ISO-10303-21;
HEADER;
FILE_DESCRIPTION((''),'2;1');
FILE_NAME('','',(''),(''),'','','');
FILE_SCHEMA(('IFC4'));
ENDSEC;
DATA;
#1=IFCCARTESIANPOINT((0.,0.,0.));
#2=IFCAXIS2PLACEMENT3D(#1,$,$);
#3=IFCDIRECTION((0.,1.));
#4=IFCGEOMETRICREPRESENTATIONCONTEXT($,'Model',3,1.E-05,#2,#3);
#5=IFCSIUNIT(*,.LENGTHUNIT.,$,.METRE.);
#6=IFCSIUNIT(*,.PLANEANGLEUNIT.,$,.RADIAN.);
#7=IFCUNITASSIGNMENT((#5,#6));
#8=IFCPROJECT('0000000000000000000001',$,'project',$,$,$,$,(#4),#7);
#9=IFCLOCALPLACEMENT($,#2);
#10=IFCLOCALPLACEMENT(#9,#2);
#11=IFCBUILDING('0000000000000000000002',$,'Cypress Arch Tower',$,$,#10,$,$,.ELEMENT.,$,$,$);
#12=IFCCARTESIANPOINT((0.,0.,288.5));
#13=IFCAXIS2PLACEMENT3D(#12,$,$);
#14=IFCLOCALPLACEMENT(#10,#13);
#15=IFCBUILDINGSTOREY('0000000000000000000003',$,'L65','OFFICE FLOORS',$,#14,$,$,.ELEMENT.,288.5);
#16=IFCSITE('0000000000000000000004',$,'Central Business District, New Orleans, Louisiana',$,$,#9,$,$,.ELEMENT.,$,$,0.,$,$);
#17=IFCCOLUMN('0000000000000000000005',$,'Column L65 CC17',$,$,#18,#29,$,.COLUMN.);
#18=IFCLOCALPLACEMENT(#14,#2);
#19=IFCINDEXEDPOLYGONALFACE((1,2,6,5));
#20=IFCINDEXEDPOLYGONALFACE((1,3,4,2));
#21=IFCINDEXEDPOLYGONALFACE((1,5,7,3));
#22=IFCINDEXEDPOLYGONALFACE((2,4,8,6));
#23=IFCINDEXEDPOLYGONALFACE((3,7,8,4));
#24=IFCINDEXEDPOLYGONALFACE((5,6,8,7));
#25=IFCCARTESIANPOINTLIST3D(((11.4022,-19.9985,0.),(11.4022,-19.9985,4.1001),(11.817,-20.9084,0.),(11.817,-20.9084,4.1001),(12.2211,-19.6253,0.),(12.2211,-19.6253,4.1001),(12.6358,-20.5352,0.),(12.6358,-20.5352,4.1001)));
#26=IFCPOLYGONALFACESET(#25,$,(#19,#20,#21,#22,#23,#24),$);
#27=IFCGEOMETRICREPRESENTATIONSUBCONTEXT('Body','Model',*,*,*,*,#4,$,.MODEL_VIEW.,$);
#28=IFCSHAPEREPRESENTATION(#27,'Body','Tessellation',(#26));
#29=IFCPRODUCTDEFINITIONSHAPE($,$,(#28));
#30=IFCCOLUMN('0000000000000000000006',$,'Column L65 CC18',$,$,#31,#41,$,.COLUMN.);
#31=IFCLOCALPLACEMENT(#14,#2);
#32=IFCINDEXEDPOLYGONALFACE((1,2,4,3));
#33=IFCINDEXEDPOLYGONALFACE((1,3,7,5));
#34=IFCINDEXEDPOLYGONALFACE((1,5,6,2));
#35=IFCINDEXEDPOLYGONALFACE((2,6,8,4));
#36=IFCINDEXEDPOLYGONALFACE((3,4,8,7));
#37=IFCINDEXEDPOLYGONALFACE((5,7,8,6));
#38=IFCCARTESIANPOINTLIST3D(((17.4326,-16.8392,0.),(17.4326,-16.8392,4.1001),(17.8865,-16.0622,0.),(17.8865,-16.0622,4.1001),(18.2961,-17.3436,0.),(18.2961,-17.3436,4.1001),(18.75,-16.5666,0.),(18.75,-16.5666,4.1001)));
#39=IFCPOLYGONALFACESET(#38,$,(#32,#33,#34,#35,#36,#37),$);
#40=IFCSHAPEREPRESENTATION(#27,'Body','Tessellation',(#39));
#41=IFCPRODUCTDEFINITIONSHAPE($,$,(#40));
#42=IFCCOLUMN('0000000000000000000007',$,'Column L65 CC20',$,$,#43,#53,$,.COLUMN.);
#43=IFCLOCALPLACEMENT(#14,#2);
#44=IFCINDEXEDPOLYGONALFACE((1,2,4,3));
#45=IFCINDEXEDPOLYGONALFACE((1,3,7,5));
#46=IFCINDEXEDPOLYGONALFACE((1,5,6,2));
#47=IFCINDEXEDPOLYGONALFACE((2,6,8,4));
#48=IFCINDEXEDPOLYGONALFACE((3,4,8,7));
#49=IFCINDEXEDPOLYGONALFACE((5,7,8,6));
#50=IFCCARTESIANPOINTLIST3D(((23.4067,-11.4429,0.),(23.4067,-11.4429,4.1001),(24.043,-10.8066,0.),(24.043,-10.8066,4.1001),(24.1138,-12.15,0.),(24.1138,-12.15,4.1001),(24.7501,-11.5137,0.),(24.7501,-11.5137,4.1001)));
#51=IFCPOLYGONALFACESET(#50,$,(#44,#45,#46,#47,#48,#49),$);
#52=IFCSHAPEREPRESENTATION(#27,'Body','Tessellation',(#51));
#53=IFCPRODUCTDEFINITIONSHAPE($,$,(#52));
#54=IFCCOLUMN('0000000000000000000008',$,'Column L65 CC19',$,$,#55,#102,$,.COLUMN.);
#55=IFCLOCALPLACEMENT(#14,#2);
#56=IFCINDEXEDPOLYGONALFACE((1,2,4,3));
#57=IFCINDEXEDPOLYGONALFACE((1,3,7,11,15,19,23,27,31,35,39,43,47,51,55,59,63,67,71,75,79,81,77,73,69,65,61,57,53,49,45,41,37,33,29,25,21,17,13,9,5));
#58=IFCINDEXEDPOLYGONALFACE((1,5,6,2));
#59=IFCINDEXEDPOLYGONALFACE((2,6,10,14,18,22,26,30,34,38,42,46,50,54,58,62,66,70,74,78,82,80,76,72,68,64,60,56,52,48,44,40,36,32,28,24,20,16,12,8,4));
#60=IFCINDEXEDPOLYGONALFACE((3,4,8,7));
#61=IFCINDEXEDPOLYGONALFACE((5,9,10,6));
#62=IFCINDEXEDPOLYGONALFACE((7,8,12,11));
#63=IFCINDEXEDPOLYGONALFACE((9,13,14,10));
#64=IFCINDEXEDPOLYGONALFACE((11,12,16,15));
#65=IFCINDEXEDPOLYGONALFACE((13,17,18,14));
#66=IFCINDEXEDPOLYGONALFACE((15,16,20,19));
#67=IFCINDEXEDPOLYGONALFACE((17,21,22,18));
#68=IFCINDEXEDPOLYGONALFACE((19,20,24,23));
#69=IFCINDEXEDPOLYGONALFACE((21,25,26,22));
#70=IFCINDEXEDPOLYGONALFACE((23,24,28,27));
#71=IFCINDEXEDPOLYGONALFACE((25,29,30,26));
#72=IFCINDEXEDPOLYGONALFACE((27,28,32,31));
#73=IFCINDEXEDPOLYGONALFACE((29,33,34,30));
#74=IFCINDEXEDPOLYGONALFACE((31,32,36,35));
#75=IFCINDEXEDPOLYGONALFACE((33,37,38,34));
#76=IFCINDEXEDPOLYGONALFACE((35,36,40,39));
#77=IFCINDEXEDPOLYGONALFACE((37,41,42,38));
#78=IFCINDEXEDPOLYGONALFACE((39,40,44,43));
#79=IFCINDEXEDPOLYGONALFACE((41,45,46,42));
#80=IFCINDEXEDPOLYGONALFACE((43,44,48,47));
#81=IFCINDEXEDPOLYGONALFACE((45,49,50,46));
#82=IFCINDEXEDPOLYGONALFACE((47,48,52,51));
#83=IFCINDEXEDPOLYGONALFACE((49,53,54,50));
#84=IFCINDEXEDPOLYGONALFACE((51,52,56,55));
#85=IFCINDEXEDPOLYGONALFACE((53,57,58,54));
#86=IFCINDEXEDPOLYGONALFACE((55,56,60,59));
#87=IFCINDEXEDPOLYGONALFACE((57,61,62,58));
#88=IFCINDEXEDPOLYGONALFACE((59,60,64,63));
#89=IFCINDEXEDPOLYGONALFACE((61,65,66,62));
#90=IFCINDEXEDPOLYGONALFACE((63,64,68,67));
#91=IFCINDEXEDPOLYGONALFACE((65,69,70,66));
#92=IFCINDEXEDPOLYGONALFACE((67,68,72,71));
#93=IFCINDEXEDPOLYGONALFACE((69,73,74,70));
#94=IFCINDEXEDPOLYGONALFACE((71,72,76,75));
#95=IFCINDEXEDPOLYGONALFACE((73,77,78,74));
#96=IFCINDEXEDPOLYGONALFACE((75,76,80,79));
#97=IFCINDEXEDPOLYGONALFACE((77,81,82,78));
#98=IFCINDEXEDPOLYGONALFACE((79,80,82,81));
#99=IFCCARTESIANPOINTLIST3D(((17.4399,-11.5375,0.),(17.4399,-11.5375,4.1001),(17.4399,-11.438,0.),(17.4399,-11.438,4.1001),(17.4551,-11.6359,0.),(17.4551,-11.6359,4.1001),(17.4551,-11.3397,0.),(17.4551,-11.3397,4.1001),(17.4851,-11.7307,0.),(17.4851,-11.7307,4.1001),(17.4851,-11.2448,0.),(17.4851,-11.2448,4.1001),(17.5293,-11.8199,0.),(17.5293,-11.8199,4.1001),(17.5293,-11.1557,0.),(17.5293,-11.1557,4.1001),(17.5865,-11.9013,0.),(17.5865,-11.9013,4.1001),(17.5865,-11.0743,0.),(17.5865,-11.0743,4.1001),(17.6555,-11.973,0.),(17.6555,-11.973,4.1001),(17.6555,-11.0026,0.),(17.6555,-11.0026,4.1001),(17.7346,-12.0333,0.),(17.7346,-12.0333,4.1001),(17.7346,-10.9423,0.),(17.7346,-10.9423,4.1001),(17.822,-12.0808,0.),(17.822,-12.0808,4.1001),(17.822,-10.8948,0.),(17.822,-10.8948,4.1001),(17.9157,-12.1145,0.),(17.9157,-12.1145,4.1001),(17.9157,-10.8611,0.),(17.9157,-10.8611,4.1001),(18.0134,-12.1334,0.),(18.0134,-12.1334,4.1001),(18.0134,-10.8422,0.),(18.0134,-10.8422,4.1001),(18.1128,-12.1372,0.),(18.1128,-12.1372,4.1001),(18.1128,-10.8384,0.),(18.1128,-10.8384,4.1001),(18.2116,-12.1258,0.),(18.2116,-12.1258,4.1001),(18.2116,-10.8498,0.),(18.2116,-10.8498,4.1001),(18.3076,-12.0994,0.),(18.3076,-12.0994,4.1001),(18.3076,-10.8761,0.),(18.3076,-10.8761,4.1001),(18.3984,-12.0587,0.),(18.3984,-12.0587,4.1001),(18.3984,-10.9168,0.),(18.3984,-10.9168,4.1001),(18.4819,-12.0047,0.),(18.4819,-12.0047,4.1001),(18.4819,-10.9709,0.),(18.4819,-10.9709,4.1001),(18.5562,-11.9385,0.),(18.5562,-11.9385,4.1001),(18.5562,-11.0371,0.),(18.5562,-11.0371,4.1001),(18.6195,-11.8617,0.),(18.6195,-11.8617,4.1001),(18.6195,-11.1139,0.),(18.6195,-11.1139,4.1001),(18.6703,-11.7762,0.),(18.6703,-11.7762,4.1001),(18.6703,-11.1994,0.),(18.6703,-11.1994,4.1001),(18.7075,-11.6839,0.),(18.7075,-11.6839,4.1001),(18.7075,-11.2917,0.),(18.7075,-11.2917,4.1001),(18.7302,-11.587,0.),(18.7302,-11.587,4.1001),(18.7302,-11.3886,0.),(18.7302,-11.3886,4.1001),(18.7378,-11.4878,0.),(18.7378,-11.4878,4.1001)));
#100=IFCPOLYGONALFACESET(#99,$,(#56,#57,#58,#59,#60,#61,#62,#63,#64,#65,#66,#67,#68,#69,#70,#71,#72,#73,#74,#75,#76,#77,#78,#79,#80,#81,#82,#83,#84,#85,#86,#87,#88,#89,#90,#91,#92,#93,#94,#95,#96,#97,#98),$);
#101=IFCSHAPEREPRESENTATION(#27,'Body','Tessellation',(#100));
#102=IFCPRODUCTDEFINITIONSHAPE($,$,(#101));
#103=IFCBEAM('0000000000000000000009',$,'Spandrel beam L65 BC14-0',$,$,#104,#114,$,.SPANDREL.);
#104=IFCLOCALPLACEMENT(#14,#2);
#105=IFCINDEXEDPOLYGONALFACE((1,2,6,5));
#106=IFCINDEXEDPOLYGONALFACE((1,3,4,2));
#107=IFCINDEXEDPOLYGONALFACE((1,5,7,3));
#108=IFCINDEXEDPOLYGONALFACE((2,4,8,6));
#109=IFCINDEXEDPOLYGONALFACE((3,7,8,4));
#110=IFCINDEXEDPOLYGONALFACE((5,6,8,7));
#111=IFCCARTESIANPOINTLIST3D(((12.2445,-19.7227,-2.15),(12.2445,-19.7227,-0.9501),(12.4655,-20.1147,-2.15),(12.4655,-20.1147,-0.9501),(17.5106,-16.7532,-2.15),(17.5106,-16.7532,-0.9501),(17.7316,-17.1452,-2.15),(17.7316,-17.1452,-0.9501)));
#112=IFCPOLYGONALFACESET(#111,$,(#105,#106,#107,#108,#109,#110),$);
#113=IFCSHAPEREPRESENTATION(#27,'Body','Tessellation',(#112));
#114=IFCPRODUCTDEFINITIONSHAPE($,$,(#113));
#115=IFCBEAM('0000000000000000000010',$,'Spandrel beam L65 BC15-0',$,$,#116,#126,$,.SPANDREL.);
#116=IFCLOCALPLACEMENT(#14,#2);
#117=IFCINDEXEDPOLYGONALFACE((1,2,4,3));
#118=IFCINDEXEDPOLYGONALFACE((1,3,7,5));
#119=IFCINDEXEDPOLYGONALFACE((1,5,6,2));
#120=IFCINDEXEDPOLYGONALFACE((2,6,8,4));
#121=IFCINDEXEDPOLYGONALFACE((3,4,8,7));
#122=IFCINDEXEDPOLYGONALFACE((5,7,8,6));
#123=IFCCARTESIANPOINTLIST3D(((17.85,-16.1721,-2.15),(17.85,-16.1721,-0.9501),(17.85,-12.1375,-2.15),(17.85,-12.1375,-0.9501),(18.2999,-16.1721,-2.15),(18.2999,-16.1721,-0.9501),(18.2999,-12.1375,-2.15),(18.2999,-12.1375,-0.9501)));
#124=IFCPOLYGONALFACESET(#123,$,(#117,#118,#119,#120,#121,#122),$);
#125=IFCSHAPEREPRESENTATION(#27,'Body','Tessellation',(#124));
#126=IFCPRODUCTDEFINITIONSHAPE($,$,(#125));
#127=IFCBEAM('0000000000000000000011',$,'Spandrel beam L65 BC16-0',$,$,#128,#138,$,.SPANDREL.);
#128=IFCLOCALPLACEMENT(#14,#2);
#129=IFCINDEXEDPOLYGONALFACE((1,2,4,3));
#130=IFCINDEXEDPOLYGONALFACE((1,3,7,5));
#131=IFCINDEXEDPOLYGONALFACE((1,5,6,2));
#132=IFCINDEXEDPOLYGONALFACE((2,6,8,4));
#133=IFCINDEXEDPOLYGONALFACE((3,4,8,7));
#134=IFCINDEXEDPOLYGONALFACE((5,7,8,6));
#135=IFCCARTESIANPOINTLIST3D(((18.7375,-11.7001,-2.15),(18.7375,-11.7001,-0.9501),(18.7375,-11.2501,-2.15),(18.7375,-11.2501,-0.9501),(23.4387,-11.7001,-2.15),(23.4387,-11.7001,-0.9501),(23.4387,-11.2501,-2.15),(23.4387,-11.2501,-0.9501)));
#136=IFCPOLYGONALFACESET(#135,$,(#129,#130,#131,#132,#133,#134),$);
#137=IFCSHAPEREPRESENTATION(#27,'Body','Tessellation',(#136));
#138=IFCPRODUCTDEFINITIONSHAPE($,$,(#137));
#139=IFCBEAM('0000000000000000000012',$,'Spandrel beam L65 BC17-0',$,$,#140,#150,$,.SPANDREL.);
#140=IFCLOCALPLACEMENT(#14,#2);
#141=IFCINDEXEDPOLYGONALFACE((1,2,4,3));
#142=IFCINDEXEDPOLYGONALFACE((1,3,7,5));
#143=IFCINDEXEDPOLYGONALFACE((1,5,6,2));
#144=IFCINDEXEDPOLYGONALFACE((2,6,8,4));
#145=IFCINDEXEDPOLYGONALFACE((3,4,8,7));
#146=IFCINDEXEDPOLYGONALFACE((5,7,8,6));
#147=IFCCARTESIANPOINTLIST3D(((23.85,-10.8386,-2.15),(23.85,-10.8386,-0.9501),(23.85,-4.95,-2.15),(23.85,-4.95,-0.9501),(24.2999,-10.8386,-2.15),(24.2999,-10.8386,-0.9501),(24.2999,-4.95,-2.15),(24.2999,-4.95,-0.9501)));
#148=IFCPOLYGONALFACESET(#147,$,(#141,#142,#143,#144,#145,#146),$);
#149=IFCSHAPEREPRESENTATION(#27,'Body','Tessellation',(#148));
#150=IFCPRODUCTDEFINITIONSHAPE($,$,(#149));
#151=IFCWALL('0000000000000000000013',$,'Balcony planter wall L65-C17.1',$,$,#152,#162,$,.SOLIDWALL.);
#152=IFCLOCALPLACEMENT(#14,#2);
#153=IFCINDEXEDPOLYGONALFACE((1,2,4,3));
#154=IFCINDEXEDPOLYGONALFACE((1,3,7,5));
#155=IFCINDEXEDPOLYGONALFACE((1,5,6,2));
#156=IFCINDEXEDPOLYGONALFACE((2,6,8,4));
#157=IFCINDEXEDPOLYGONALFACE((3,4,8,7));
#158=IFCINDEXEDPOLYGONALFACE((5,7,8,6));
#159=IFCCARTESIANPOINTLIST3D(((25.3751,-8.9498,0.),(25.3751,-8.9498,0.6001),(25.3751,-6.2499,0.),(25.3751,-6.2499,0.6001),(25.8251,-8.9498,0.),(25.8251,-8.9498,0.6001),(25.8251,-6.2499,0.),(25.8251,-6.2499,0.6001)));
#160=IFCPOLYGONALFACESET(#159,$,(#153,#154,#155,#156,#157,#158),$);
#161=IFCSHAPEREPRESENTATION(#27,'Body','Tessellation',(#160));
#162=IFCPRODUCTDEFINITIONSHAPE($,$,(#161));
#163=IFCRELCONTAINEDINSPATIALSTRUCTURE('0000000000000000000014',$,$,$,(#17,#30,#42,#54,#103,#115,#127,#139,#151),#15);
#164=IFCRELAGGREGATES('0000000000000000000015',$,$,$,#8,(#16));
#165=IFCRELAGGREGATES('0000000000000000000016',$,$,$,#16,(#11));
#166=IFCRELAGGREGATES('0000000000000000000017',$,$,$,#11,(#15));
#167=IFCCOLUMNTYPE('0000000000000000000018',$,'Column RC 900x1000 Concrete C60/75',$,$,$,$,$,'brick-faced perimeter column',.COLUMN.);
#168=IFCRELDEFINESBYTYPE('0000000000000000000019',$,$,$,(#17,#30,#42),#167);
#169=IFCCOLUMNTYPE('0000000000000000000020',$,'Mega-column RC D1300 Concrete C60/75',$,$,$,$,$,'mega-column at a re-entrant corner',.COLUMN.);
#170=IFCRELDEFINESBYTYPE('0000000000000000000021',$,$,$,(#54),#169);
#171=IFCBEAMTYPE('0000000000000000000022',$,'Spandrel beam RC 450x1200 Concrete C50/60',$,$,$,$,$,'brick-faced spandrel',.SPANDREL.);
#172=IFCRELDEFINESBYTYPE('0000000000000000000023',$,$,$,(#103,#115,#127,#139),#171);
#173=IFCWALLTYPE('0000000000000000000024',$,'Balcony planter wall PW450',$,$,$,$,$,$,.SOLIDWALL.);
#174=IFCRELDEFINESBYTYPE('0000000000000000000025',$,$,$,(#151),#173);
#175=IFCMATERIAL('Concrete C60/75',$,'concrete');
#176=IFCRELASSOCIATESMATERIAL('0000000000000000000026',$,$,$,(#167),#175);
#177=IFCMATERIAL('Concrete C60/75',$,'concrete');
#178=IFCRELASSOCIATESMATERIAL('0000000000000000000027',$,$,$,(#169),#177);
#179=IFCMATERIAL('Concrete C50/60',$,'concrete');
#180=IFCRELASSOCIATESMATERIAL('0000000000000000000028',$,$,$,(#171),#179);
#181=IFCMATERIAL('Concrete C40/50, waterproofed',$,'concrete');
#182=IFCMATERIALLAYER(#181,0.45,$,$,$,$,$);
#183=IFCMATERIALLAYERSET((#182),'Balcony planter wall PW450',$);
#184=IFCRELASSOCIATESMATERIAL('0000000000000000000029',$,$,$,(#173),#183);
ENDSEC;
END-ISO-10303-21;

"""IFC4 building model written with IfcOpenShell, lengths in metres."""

from ifc_helpers import new_model, si_unit, direction, frame, frame_2d, origin, origin_2d, place, context, subcontext, project, spatial, rectangle, circle, extrude, material, layer, layer_set, material_profile, profile_set, type_object, element, save


model = new_model("IFC4")

# Units and contexts
model_context = context("Model", 3, precision=1e-05, world=origin(), true_north=direction((0.0, 1.0)))
body_context = subcontext(model_context, "Body", "Model", "MODEL_VIEW")
ifc_project = project(units=[si_unit("LENGTHUNIT", "METRE"), si_unit("PLANEANGLEUNIT", "RADIAN")], contexts=[model_context])

# Site, building, storey
site_placement = place(None, origin())
site = spatial("IfcSite", under=ifc_project, at=site_placement, Name="Central Business District, New Orleans, Louisiana", CompositionType="ELEMENT", RefElevation=0.0)
building_placement = place(site_placement, origin())
building = spatial("IfcBuilding", under=site, at=building_placement, Name="Cypress Arch Tower", CompositionType="ELEMENT")
storey_placement = place(building_placement, frame((0.0, 0.0, 288.5)))
storey = spatial("IfcBuildingStorey", under=building, at=storey_placement, Name="L65", Description="OFFICE FLOORS", CompositionType="ELEMENT", Elevation=288.5)

# Columns
ifc_material_1 = material(Name="Concrete C60/75", Category="concrete")
ifc_material_profile_1 = material_profile(ifc_material_1, rectangle(XDim=0.8999, YDim=1.0, at=origin_2d()), Name="RC 900x1000")
ifc_profile_set_1 = profile_set([ifc_material_profile_1], Name="Concrete C60/75")
column_type_1 = type_object("IfcColumnType", Name="Column RC 900x1000 Concrete C60/75", ElementType="brick-faced perimeter column", PredefinedType="COLUMN", material=ifc_profile_set_1)
for number, where, z_axis, x_axis, name in (
    (1, (12.019, -20.2668, 0.0), (0.0, 0.0, 1.0), (0.909932, 0.414757, 0.0), "Column L65 CC17"),
    (2, (18.0913, -16.7029, 0.0), (0.0, 0.0, 1.0), (0.504399, 0.863471, 0.0), "Column L65 CC18"),
    (3, (24.0784, -11.4783, 0.0), (0.0, 0.0, 1.0), (0.707107, 0.707107, 0.0), "Column L65 CC20"),
):
    element("IfcColumn", number, at=place(storey_placement, frame(where, z_axis=z_axis, x_axis=x_axis)), inside=storey, type_object=column_type_1, Name=name, PredefinedType="COLUMN", context=body_context, shape_type="SweptSolid", body=[
        extrude(rectangle(XDim=0.8999, YDim=1.0, at=origin_2d()), origin(), (0.0, 0.0, 1.0), 4.1001),
    ])
ifc_material_2 = material(Name="Concrete C60/75", Category="concrete")
ifc_material_profile_2 = material_profile(ifc_material_2, circle(Radius=0.6499, at=origin_2d()), Name="RC D1300")
ifc_profile_set_2 = profile_set([ifc_material_profile_2], Name="Concrete C60/75")
column_type_2 = type_object("IfcColumnType", Name="Mega-column RC D1300 Concrete C60/75", ElementType="mega-column at a re-entrant corner", PredefinedType="COLUMN", material=ifc_profile_set_2)
column_placement = place(storey_placement, frame((18.0879, -11.4878, 0.0), z_axis=(0.0, 0.0, 1.0), x_axis=(1.0, 0.0, 0.0)))
element("IfcColumn", 4, at=column_placement, inside=storey, type_object=column_type_2, Name="Column L65 CC19", PredefinedType="COLUMN", context=body_context, shape_type="SweptSolid", body=[
    extrude(circle(Radius=0.6499, at=origin_2d()), origin(), (0.0, 0.0, 1.0), 4.1001),
])

# Beams
ifc_material_3 = material(Name="Concrete C50/60", Category="concrete")
ifc_material_profile_3 = material_profile(ifc_material_3, rectangle(XDim=0.45, YDim=1.2, at=origin_2d()), Name="RC 450x1200")
ifc_profile_set_3 = profile_set([ifc_material_profile_3], Name="Concrete C50/60")
beam_type = type_object("IfcBeamType", Name="Spandrel beam RC 450x1200 Concrete C50/60", ElementType="brick-faced spandrel", PredefinedType="SPANDREL", material=ifc_profile_set_3)
beam_1_placement = place(storey_placement, frame((12.355, -19.9187, -1.55), z_axis=(0.87106, 0.491177, 0.0), x_axis=(-0.491177, 0.87106, 0.0)))
element("IfcBeam", 5, at=beam_1_placement, inside=storey, type_object=beam_type, Name="Spandrel beam L65 BC14-0", PredefinedType="SPANDREL", context=body_context, shape_type="SweptSolid", body=[
    extrude(rectangle(XDim=0.45, YDim=1.2, at=origin_2d()), origin(), (0.0, 0.0, 1.0), 6.0457),
])
beam_2_placement = place(storey_placement, frame((18.075, -16.1721, -1.55), z_axis=(0.0, 1.0, 0.0), x_axis=(-1.0, 0.0, 0.0)))
element("IfcBeam", 6, at=beam_2_placement, inside=storey, type_object=beam_type, Name="Spandrel beam L65 BC15-0", PredefinedType="SPANDREL", context=body_context, shape_type="SweptSolid", body=[
    extrude(rectangle(XDim=0.45, YDim=1.2, at=origin_2d()), origin(), (0.0, 0.0, 1.0), 4.0347),
])
beam_3_placement = place(storey_placement, frame((18.7375, -11.4751, -1.55), z_axis=(1.0, 0.0, 0.0), x_axis=(0.0, 1.0, 0.0)))
element("IfcBeam", 7, at=beam_3_placement, inside=storey, type_object=beam_type, Name="Spandrel beam L65 BC16-0", PredefinedType="SPANDREL", context=body_context, shape_type="SweptSolid", body=[
    extrude(rectangle(XDim=0.45, YDim=1.2, at=origin_2d()), origin(), (0.0, 0.0, 1.0), 4.7012),
])
beam_4_placement = place(storey_placement, frame((24.075, -10.8386, -1.55), z_axis=(0.0, 1.0, 0.0), x_axis=(-1.0, 0.0, 0.0)))
element("IfcBeam", 8, at=beam_4_placement, inside=storey, type_object=beam_type, Name="Spandrel beam L65 BC17-0", PredefinedType="SPANDREL", context=body_context, shape_type="SweptSolid", body=[
    extrude(rectangle(XDim=0.45, YDim=1.2, at=origin_2d()), origin(), (0.0, 0.0, 1.0), 5.8887),
])

# Wall
ifc_material_4 = material(Name="Concrete C40/50, waterproofed", Category="concrete")
ifc_layer_1 = layer(ifc_material_4, 0.45)
ifc_layer_set_1 = layer_set([ifc_layer_1], Name="Balcony planter wall PW450")
wall_type_1 = type_object("IfcWallType", Name="Balcony planter wall PW450", PredefinedType="SOLIDWALL", material=ifc_layer_set_1)
wall_1_placement = place(storey_placement, frame((25.6001, -8.95, 0.0), z_axis=(0.0, 0.0, 1.0), x_axis=(0.0, 1.0, 0.0)))
element("IfcWall", 9, at=wall_1_placement, inside=storey, type_object=wall_type_1, Name="Balcony planter wall L65-C17.1", PredefinedType="SOLIDWALL", context=body_context, shape_type="SweptSolid", body=[
    extrude(rectangle(XDim=2.7, YDim=0.45, at=frame_2d((1.3501, 0.0))), origin(), (0.0, 0.0, 1.0), 0.6001),
])

save(model, "model.ifc")
